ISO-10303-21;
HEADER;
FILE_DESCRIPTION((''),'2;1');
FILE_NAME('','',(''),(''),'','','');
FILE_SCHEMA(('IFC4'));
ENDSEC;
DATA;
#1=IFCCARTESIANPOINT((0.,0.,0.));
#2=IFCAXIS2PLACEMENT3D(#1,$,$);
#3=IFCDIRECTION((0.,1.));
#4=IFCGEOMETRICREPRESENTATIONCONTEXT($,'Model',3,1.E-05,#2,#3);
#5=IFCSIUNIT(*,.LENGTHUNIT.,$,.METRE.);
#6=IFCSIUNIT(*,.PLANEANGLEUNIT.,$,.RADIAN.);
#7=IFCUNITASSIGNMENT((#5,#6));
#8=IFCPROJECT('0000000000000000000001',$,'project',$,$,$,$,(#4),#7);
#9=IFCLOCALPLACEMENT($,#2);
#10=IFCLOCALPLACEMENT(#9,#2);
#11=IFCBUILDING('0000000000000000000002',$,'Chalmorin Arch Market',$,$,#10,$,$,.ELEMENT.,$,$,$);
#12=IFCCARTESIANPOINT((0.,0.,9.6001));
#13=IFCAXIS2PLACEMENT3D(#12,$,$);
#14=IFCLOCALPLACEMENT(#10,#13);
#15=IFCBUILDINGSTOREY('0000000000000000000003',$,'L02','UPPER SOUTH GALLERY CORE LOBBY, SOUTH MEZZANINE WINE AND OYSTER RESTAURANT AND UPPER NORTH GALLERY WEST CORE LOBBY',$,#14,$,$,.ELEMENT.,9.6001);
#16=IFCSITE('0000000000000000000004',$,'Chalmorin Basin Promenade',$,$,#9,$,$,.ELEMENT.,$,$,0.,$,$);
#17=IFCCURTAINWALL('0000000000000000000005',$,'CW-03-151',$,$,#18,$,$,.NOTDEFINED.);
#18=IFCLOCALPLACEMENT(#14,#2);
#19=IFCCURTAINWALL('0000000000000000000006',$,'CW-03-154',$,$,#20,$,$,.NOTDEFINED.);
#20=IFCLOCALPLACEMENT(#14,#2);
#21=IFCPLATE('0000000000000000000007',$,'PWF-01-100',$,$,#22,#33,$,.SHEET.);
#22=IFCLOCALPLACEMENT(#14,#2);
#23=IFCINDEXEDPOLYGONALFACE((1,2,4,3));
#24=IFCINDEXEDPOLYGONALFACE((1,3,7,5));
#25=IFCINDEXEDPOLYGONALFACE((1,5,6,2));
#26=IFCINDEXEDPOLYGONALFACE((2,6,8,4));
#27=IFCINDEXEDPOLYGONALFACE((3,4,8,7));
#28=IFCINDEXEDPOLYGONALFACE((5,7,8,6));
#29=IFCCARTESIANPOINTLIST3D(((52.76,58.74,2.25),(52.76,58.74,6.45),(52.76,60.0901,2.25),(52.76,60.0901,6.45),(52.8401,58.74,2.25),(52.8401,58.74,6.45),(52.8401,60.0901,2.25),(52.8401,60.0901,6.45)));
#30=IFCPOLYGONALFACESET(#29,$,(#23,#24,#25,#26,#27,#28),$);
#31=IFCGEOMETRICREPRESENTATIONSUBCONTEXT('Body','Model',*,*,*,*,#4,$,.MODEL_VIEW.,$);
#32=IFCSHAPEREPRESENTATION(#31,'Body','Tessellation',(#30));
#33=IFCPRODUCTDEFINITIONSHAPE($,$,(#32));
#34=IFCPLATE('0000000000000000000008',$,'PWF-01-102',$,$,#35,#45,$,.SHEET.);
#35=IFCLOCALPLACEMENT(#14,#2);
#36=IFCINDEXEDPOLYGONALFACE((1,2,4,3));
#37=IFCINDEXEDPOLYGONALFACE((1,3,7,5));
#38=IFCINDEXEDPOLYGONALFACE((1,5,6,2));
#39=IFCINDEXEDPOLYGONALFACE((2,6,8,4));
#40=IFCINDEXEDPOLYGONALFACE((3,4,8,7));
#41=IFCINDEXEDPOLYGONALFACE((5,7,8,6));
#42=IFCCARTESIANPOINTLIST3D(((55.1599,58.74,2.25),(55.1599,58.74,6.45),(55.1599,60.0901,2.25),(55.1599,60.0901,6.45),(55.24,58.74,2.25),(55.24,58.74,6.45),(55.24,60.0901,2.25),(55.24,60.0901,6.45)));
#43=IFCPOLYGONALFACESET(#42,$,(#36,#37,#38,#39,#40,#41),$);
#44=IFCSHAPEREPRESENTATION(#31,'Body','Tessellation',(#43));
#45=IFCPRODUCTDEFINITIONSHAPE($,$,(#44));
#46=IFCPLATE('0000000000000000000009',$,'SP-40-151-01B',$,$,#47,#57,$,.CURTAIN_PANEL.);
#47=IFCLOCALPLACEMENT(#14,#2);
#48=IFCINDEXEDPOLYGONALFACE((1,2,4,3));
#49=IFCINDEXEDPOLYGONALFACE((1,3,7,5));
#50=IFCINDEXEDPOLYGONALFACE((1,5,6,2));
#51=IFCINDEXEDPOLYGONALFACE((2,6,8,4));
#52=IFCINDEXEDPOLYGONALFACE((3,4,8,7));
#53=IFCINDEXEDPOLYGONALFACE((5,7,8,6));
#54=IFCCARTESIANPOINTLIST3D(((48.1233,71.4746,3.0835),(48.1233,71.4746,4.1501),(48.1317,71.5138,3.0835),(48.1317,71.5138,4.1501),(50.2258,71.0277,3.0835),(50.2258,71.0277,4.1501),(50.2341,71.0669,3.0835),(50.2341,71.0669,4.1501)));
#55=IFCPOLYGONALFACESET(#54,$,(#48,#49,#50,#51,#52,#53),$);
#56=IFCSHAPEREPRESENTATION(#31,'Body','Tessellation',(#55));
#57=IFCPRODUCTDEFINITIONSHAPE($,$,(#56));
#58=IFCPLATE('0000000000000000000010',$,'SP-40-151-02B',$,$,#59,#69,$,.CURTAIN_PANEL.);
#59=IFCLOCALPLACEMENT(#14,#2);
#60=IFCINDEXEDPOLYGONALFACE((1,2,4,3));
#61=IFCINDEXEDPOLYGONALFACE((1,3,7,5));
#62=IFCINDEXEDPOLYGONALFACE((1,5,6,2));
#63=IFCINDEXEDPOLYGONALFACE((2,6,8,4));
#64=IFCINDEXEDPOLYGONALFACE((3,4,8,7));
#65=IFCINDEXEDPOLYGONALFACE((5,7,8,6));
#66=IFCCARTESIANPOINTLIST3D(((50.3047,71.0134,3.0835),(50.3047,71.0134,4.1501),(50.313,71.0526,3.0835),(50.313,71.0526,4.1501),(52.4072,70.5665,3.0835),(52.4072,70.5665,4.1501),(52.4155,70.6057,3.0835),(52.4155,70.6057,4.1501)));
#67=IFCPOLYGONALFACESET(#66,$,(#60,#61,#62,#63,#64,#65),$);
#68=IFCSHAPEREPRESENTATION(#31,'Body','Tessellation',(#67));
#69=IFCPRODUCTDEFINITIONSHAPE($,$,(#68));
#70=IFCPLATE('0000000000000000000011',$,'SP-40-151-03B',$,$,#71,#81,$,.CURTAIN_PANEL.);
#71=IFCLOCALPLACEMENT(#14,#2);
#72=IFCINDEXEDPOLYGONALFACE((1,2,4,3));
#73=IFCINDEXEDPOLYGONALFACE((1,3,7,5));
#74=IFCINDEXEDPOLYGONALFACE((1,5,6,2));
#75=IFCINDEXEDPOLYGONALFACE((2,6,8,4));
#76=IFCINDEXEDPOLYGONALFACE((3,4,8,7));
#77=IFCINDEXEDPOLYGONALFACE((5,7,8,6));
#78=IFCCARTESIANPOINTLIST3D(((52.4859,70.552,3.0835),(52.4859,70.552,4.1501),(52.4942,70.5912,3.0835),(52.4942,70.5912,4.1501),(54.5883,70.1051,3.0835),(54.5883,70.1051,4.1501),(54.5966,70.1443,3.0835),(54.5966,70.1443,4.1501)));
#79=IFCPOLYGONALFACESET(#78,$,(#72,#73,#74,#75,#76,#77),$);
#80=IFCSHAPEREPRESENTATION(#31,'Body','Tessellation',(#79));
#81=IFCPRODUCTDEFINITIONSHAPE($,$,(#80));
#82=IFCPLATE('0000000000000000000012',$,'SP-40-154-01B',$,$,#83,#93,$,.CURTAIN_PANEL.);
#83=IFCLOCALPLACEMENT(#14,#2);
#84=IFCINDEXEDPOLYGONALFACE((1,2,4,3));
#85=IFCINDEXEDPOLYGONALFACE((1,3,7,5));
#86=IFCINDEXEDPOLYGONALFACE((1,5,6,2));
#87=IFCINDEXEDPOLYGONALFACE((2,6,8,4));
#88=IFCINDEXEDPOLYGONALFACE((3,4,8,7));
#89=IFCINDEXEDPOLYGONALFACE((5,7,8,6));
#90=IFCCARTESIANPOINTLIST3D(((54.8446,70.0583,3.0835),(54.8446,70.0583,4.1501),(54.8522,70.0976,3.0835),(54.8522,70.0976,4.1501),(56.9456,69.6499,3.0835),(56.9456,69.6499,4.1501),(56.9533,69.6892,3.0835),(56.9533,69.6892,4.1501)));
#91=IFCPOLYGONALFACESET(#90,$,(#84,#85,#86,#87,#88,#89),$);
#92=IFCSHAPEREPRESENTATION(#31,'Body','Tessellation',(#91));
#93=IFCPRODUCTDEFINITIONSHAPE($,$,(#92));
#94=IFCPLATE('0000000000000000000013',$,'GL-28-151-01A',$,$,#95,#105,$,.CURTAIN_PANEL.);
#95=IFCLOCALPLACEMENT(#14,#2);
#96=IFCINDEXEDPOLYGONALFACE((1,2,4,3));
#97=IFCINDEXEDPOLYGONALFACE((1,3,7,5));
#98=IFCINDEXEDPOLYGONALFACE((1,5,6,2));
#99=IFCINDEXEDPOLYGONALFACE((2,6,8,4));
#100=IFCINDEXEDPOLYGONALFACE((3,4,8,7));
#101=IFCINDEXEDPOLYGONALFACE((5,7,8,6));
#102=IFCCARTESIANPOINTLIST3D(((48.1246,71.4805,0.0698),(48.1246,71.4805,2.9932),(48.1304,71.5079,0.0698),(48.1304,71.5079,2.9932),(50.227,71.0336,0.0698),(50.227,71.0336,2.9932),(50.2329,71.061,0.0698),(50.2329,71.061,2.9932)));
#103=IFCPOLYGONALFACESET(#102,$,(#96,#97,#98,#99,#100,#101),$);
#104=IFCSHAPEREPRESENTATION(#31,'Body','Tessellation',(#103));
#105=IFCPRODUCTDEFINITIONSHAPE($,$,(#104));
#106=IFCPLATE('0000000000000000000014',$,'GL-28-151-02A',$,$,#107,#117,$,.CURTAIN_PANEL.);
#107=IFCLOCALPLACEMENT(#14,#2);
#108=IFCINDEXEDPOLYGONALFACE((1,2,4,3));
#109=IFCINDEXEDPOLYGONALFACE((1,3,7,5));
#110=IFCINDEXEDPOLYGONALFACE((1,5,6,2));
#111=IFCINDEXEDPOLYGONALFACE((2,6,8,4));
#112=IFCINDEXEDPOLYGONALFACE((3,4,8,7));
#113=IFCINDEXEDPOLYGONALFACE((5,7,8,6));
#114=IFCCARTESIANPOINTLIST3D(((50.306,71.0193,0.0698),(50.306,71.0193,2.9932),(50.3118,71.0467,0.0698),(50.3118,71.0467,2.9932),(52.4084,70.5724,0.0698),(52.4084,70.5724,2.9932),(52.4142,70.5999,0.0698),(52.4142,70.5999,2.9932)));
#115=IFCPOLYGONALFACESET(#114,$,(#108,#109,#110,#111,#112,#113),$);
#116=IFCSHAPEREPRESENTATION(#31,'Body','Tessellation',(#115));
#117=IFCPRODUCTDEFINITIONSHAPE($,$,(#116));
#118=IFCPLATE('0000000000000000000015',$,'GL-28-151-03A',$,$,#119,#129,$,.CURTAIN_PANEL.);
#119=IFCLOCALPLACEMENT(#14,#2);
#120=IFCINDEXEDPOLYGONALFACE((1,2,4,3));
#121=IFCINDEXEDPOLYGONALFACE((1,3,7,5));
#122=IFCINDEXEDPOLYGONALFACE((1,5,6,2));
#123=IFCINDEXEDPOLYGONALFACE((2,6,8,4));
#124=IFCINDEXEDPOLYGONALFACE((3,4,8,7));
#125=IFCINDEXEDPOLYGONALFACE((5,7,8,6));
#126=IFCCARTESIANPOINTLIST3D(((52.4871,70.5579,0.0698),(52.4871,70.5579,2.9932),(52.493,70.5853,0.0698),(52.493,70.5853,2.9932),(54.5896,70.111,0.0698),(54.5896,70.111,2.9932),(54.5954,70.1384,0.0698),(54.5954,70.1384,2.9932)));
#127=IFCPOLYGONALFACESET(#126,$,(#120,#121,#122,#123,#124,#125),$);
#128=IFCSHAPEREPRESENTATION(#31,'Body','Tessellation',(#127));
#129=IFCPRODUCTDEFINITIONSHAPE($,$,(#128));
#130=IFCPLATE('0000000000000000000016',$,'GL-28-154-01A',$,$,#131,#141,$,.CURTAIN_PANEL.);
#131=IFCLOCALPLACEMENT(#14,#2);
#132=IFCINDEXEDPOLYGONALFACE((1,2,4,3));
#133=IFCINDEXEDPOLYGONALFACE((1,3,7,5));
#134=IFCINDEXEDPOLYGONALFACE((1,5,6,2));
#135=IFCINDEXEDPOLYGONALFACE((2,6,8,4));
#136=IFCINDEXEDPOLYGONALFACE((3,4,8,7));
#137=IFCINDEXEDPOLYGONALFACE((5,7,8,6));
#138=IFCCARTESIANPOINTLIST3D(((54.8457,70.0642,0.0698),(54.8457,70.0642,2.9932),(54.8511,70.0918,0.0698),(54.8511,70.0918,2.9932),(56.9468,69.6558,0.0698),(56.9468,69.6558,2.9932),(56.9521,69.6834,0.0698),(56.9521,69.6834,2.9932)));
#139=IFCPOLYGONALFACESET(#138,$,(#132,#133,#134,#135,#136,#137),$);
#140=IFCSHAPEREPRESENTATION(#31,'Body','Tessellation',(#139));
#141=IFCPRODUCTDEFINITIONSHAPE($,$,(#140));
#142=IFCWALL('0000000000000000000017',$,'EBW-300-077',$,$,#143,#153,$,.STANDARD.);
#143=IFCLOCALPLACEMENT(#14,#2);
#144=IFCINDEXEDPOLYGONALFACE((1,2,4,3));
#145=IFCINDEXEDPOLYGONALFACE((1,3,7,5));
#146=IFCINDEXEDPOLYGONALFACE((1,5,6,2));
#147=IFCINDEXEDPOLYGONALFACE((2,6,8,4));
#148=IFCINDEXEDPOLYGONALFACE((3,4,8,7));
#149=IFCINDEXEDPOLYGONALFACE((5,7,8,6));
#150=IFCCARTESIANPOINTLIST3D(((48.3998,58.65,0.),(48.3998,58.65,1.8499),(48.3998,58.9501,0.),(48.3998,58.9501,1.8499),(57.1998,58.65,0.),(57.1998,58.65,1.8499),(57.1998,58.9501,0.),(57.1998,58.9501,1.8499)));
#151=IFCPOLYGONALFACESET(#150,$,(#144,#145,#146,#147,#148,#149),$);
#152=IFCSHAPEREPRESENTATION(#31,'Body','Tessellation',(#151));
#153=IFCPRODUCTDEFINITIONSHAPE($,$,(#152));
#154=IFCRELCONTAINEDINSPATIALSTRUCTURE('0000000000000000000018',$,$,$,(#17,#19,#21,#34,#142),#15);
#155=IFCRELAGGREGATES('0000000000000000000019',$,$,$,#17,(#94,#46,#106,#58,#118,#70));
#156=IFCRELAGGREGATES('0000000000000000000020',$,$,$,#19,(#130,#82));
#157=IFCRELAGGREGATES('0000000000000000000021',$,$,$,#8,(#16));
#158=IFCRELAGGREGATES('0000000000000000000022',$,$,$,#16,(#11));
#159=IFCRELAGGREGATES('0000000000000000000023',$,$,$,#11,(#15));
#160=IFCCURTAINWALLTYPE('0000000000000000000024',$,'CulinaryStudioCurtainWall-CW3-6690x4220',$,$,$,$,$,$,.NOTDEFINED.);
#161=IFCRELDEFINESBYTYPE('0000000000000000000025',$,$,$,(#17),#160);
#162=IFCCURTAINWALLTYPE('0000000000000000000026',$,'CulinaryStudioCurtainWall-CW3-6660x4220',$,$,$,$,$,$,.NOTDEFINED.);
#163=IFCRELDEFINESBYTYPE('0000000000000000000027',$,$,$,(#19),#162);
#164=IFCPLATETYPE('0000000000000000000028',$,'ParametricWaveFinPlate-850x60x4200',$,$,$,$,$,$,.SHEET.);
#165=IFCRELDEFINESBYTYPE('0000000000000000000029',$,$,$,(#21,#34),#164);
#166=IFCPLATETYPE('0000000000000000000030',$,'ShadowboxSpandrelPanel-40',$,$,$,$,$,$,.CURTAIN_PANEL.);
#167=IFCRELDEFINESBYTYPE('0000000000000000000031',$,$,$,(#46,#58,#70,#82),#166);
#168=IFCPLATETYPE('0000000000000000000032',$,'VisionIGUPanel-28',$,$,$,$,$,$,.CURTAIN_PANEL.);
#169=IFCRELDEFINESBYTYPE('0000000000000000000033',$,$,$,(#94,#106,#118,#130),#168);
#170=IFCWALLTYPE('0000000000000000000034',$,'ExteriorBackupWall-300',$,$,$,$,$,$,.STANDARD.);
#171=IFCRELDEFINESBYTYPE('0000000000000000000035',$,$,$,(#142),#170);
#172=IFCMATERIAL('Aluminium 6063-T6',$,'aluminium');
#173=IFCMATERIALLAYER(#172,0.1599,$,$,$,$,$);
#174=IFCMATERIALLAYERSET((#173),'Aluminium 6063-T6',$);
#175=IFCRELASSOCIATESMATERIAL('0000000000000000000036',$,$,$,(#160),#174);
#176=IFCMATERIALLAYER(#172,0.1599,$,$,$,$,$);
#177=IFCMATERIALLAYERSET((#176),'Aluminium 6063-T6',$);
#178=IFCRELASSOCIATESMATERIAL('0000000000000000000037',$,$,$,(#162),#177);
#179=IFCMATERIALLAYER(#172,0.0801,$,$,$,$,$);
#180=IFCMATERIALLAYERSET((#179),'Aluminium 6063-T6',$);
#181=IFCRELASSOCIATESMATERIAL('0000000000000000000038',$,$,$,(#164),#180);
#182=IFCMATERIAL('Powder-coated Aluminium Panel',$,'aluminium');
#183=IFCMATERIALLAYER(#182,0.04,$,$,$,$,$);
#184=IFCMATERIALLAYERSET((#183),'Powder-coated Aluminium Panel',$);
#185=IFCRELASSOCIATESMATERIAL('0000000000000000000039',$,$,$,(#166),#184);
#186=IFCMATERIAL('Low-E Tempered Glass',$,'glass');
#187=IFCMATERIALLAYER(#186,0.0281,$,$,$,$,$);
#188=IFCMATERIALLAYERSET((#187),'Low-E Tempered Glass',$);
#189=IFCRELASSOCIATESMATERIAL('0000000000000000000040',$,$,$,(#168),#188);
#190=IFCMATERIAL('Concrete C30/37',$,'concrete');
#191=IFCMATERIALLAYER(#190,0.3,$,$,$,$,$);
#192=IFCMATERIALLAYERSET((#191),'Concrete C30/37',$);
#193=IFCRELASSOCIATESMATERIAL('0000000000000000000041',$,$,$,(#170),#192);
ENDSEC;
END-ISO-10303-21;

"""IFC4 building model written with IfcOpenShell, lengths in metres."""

from ifc_helpers import new_model, si_unit, direction, frame, frame_2d, origin, origin_2d, place, context, subcontext, project, spatial, rectangle, extrude, material, layer, layer_set, type_object, element, aggregate, save


model = new_model("IFC4")

# Units and contexts
model_context = context("Model", 3, precision=1e-05, world=origin(), true_north=direction((0.0, 1.0)))
body_context = subcontext(model_context, "Body", "Model", "MODEL_VIEW")
ifc_project = project(units=[si_unit("LENGTHUNIT", "METRE"), si_unit("PLANEANGLEUNIT", "RADIAN")], contexts=[model_context])

# Site, building, storey
site_placement = place(None, origin())
site = spatial("IfcSite", under=ifc_project, at=site_placement, Name="Chalmorin Basin Promenade", CompositionType="ELEMENT", RefElevation=0.0)
building_placement = place(site_placement, origin())
building = spatial("IfcBuilding", under=site, at=building_placement, Name="Chalmorin Arch Market", CompositionType="ELEMENT")
storey_placement = place(building_placement, frame((0.0, 0.0, 9.6001)))
storey = spatial("IfcBuildingStorey", under=building, at=storey_placement, Name="L02", Description="UPPER SOUTH GALLERY CORE LOBBY, SOUTH MEZZANINE WINE AND OYSTER RESTAURANT AND UPPER NORTH GALLERY WEST CORE LOBBY", CompositionType="ELEMENT", Elevation=9.6001)

# Curtain walls
ifc_material_1 = material(Name="Aluminium 6063-T6", Category="aluminium")
ifc_layer_1 = layer(ifc_material_1, 0.1599)
ifc_layer_set_1 = layer_set([ifc_layer_1], Name="Aluminium 6063-T6")
curtain_wall_type_1 = type_object("IfcCurtainWallType", Name="CulinaryStudioCurtainWall-CW3-6690x4220", PredefinedType="NOTDEFINED", material=ifc_layer_set_1)
curtain_wall_1_placement = place(storey_placement, origin())
curtain_wall_1 = element("IfcCurtainWall", 1, at=curtain_wall_1_placement, inside=storey, type_object=curtain_wall_type_1, Name="CW-03-151", PredefinedType="NOTDEFINED")
ifc_layer_2 = layer(ifc_material_1, 0.1599)
ifc_layer_set_2 = layer_set([ifc_layer_2], Name="Aluminium 6063-T6")
curtain_wall_type_2 = type_object("IfcCurtainWallType", Name="CulinaryStudioCurtainWall-CW3-6660x4220", PredefinedType="NOTDEFINED", material=ifc_layer_set_2)
curtain_wall_2_placement = place(storey_placement, origin())
curtain_wall_2 = element("IfcCurtainWall", 2, at=curtain_wall_2_placement, inside=storey, type_object=curtain_wall_type_2, Name="CW-03-154", PredefinedType="NOTDEFINED")

# Plates
ifc_layer_3 = layer(ifc_material_1, 0.0801)
ifc_layer_set_3 = layer_set([ifc_layer_3], Name="Aluminium 6063-T6")
plate_type_1 = type_object("IfcPlateType", Name="ParametricWaveFinPlate-850x60x4200", PredefinedType="SHEET", material=ifc_layer_set_3)
for number, where, z_axis, x_axis, name in (
    (3, (52.8, 59.415, 2.25), (0.0, 0.0, 1.0), (0.0, 1.0, 0.0), "PWF-01-100"),
    (4, (55.2, 59.415, 2.25), (0.0, 0.0, 1.0), (0.0, 1.0, 0.0), "PWF-01-102"),
):
    element("IfcPlate", number, at=place(storey_placement, frame(where, z_axis=z_axis, x_axis=x_axis)), inside=storey, type_object=plate_type_1, Name=name, PredefinedType="SHEET", context=body_context, shape_type="SweptSolid", body=[
        extrude(rectangle(XDim=1.3501, YDim=0.0801, at=origin_2d()), origin(), (0.0, 0.0, 1.0), 4.2),
    ])

# Plates
ifc_material_2 = material(Name="Powder-coated Aluminium Panel", Category="aluminium")
ifc_layer_4 = layer(ifc_material_2, 0.04)
ifc_layer_set_4 = layer_set([ifc_layer_4], Name="Powder-coated Aluminium Panel")
plate_type_2 = type_object("IfcPlateType", Name="ShadowboxSpandrelPanel-40", PredefinedType="CURTAIN_PANEL", material=ifc_layer_set_4)
plate_1_placement = place(storey_placement, frame((49.1787, 71.2708, 3.0835), z_axis=(0.0, 0.0, 1.0), x_axis=(0.978148, -0.207912, 0.0)))
plate_1 = element("IfcPlate", 5, at=plate_1_placement, type_object=plate_type_2, Name="SP-40-151-01B", PredefinedType="CURTAIN_PANEL", context=body_context, shape_type="SweptSolid", body=[
    extrude(rectangle(XDim=2.1494, YDim=0.04, at=origin_2d()), origin(), (0.0, 0.0, 1.0), 1.0667),
])
plate_2_placement = place(storey_placement, frame((51.3601, 70.8096, 3.0835), z_axis=(0.0, 0.0, 1.0), x_axis=(0.978148, -0.207912, 0.0)))
plate_2 = element("IfcPlate", 6, at=plate_2_placement, type_object=plate_type_2, Name="SP-40-151-02B", PredefinedType="CURTAIN_PANEL", context=body_context, shape_type="SweptSolid", body=[
    extrude(rectangle(XDim=2.1494, YDim=0.04, at=origin_2d()), origin(), (0.0, 0.0, 1.0), 1.0667),
])
plate_3_placement = place(storey_placement, frame((53.5413, 70.3481, 3.0835), z_axis=(0.0, 0.0, 1.0), x_axis=(0.978148, -0.207912, 0.0)))
plate_3 = element("IfcPlate", 7, at=plate_3_placement, type_object=plate_type_2, Name="SP-40-151-03B", PredefinedType="CURTAIN_PANEL", context=body_context, shape_type="SweptSolid", body=[
    extrude(rectangle(XDim=2.1494, YDim=0.04, at=origin_2d()), origin(), (0.0, 0.0, 1.0), 1.0667),
])
plate_4_placement = place(storey_placement, frame((55.8989, 69.8738, 3.0835), z_axis=(0.0, 0.0, 1.0), x_axis=(0.981627, -0.190809, 0.0)))
plate_4 = element("IfcPlate", 8, at=plate_4_placement, type_object=plate_type_2, Name="SP-40-154-01B", PredefinedType="CURTAIN_PANEL", context=body_context, shape_type="SweptSolid", body=[
    extrude(rectangle(XDim=2.1404, YDim=0.04, at=origin_2d()), origin(), (0.0, 0.0, 1.0), 1.0667),
])
ifc_material_3 = material(Name="Low-E Tempered Glass", Category="glass")
ifc_layer_5 = layer(ifc_material_3, 0.0281)
ifc_layer_set_5 = layer_set([ifc_layer_5], Name="Low-E Tempered Glass")
plate_type_3 = type_object("IfcPlateType", Name="VisionIGUPanel-28", PredefinedType="CURTAIN_PANEL", material=ifc_layer_set_5)
plate_5_placement = place(storey_placement, frame((49.1787, 71.2708, 0.0698), z_axis=(0.0, 0.0, 1.0), x_axis=(0.978148, -0.207912, 0.0)))
plate_5 = element("IfcPlate", 9, at=plate_5_placement, type_object=plate_type_3, Name="GL-28-151-01A", PredefinedType="CURTAIN_PANEL", context=body_context, shape_type="SweptSolid", body=[
    extrude(rectangle(XDim=2.1494, YDim=0.0281, at=origin_2d()), origin(), (0.0, 0.0, 1.0), 2.9233),
])
plate_6_placement = place(storey_placement, frame((51.3601, 70.8096, 0.0698), z_axis=(0.0, 0.0, 1.0), x_axis=(0.978148, -0.207912, 0.0)))
plate_6 = element("IfcPlate", 10, at=plate_6_placement, type_object=plate_type_3, Name="GL-28-151-02A", PredefinedType="CURTAIN_PANEL", context=body_context, shape_type="SweptSolid", body=[
    extrude(rectangle(XDim=2.1494, YDim=0.0281, at=origin_2d()), origin(), (0.0, 0.0, 1.0), 2.9233),
])
plate_7_placement = place(storey_placement, frame((53.5413, 70.3481, 0.0698), z_axis=(0.0, 0.0, 1.0), x_axis=(0.978148, -0.207912, 0.0)))
plate_7 = element("IfcPlate", 11, at=plate_7_placement, type_object=plate_type_3, Name="GL-28-151-03A", PredefinedType="CURTAIN_PANEL", context=body_context, shape_type="SweptSolid", body=[
    extrude(rectangle(XDim=2.1494, YDim=0.0281, at=origin_2d()), origin(), (0.0, 0.0, 1.0), 2.9233),
])
aggregate(curtain_wall_1, [plate_5, plate_1, plate_6, plate_2, plate_7, plate_3])
plate_8_placement = place(storey_placement, frame((55.8989, 69.8738, 0.0698), z_axis=(0.0, 0.0, 1.0), x_axis=(0.981627, -0.190809, 0.0)))
plate_8 = element("IfcPlate", 12, at=plate_8_placement, type_object=plate_type_3, Name="GL-28-154-01A", PredefinedType="CURTAIN_PANEL", context=body_context, shape_type="SweptSolid", body=[
    extrude(rectangle(XDim=2.1404, YDim=0.0281, at=origin_2d()), origin(), (0.0, 0.0, 1.0), 2.9233),
])
aggregate(curtain_wall_2, [plate_8, plate_4])

# Wall
ifc_material_4 = material(Name="Concrete C30/37", Category="concrete")
ifc_layer_6 = layer(ifc_material_4, 0.3)
ifc_layer_set_6 = layer_set([ifc_layer_6], Name="Concrete C30/37")
wall_type = type_object("IfcWallType", Name="ExteriorBackupWall-300", PredefinedType="STANDARD", material=ifc_layer_set_6)
wall_1_placement = place(storey_placement, frame((48.3999, 58.8, 0.0), z_axis=(0.0, 0.0, 1.0), x_axis=(1.0, 0.0, 0.0)))
element("IfcWall", 13, at=wall_1_placement, inside=storey, type_object=wall_type, Name="EBW-300-077", PredefinedType="STANDARD", context=body_context, shape_type="SweptSolid", body=[
    extrude(rectangle(XDim=8.8, YDim=0.3, at=frame_2d((4.3999, 0.0))), origin(), (0.0, 0.0, 1.0), 1.8499),
])

save(model, "model.ifc")
